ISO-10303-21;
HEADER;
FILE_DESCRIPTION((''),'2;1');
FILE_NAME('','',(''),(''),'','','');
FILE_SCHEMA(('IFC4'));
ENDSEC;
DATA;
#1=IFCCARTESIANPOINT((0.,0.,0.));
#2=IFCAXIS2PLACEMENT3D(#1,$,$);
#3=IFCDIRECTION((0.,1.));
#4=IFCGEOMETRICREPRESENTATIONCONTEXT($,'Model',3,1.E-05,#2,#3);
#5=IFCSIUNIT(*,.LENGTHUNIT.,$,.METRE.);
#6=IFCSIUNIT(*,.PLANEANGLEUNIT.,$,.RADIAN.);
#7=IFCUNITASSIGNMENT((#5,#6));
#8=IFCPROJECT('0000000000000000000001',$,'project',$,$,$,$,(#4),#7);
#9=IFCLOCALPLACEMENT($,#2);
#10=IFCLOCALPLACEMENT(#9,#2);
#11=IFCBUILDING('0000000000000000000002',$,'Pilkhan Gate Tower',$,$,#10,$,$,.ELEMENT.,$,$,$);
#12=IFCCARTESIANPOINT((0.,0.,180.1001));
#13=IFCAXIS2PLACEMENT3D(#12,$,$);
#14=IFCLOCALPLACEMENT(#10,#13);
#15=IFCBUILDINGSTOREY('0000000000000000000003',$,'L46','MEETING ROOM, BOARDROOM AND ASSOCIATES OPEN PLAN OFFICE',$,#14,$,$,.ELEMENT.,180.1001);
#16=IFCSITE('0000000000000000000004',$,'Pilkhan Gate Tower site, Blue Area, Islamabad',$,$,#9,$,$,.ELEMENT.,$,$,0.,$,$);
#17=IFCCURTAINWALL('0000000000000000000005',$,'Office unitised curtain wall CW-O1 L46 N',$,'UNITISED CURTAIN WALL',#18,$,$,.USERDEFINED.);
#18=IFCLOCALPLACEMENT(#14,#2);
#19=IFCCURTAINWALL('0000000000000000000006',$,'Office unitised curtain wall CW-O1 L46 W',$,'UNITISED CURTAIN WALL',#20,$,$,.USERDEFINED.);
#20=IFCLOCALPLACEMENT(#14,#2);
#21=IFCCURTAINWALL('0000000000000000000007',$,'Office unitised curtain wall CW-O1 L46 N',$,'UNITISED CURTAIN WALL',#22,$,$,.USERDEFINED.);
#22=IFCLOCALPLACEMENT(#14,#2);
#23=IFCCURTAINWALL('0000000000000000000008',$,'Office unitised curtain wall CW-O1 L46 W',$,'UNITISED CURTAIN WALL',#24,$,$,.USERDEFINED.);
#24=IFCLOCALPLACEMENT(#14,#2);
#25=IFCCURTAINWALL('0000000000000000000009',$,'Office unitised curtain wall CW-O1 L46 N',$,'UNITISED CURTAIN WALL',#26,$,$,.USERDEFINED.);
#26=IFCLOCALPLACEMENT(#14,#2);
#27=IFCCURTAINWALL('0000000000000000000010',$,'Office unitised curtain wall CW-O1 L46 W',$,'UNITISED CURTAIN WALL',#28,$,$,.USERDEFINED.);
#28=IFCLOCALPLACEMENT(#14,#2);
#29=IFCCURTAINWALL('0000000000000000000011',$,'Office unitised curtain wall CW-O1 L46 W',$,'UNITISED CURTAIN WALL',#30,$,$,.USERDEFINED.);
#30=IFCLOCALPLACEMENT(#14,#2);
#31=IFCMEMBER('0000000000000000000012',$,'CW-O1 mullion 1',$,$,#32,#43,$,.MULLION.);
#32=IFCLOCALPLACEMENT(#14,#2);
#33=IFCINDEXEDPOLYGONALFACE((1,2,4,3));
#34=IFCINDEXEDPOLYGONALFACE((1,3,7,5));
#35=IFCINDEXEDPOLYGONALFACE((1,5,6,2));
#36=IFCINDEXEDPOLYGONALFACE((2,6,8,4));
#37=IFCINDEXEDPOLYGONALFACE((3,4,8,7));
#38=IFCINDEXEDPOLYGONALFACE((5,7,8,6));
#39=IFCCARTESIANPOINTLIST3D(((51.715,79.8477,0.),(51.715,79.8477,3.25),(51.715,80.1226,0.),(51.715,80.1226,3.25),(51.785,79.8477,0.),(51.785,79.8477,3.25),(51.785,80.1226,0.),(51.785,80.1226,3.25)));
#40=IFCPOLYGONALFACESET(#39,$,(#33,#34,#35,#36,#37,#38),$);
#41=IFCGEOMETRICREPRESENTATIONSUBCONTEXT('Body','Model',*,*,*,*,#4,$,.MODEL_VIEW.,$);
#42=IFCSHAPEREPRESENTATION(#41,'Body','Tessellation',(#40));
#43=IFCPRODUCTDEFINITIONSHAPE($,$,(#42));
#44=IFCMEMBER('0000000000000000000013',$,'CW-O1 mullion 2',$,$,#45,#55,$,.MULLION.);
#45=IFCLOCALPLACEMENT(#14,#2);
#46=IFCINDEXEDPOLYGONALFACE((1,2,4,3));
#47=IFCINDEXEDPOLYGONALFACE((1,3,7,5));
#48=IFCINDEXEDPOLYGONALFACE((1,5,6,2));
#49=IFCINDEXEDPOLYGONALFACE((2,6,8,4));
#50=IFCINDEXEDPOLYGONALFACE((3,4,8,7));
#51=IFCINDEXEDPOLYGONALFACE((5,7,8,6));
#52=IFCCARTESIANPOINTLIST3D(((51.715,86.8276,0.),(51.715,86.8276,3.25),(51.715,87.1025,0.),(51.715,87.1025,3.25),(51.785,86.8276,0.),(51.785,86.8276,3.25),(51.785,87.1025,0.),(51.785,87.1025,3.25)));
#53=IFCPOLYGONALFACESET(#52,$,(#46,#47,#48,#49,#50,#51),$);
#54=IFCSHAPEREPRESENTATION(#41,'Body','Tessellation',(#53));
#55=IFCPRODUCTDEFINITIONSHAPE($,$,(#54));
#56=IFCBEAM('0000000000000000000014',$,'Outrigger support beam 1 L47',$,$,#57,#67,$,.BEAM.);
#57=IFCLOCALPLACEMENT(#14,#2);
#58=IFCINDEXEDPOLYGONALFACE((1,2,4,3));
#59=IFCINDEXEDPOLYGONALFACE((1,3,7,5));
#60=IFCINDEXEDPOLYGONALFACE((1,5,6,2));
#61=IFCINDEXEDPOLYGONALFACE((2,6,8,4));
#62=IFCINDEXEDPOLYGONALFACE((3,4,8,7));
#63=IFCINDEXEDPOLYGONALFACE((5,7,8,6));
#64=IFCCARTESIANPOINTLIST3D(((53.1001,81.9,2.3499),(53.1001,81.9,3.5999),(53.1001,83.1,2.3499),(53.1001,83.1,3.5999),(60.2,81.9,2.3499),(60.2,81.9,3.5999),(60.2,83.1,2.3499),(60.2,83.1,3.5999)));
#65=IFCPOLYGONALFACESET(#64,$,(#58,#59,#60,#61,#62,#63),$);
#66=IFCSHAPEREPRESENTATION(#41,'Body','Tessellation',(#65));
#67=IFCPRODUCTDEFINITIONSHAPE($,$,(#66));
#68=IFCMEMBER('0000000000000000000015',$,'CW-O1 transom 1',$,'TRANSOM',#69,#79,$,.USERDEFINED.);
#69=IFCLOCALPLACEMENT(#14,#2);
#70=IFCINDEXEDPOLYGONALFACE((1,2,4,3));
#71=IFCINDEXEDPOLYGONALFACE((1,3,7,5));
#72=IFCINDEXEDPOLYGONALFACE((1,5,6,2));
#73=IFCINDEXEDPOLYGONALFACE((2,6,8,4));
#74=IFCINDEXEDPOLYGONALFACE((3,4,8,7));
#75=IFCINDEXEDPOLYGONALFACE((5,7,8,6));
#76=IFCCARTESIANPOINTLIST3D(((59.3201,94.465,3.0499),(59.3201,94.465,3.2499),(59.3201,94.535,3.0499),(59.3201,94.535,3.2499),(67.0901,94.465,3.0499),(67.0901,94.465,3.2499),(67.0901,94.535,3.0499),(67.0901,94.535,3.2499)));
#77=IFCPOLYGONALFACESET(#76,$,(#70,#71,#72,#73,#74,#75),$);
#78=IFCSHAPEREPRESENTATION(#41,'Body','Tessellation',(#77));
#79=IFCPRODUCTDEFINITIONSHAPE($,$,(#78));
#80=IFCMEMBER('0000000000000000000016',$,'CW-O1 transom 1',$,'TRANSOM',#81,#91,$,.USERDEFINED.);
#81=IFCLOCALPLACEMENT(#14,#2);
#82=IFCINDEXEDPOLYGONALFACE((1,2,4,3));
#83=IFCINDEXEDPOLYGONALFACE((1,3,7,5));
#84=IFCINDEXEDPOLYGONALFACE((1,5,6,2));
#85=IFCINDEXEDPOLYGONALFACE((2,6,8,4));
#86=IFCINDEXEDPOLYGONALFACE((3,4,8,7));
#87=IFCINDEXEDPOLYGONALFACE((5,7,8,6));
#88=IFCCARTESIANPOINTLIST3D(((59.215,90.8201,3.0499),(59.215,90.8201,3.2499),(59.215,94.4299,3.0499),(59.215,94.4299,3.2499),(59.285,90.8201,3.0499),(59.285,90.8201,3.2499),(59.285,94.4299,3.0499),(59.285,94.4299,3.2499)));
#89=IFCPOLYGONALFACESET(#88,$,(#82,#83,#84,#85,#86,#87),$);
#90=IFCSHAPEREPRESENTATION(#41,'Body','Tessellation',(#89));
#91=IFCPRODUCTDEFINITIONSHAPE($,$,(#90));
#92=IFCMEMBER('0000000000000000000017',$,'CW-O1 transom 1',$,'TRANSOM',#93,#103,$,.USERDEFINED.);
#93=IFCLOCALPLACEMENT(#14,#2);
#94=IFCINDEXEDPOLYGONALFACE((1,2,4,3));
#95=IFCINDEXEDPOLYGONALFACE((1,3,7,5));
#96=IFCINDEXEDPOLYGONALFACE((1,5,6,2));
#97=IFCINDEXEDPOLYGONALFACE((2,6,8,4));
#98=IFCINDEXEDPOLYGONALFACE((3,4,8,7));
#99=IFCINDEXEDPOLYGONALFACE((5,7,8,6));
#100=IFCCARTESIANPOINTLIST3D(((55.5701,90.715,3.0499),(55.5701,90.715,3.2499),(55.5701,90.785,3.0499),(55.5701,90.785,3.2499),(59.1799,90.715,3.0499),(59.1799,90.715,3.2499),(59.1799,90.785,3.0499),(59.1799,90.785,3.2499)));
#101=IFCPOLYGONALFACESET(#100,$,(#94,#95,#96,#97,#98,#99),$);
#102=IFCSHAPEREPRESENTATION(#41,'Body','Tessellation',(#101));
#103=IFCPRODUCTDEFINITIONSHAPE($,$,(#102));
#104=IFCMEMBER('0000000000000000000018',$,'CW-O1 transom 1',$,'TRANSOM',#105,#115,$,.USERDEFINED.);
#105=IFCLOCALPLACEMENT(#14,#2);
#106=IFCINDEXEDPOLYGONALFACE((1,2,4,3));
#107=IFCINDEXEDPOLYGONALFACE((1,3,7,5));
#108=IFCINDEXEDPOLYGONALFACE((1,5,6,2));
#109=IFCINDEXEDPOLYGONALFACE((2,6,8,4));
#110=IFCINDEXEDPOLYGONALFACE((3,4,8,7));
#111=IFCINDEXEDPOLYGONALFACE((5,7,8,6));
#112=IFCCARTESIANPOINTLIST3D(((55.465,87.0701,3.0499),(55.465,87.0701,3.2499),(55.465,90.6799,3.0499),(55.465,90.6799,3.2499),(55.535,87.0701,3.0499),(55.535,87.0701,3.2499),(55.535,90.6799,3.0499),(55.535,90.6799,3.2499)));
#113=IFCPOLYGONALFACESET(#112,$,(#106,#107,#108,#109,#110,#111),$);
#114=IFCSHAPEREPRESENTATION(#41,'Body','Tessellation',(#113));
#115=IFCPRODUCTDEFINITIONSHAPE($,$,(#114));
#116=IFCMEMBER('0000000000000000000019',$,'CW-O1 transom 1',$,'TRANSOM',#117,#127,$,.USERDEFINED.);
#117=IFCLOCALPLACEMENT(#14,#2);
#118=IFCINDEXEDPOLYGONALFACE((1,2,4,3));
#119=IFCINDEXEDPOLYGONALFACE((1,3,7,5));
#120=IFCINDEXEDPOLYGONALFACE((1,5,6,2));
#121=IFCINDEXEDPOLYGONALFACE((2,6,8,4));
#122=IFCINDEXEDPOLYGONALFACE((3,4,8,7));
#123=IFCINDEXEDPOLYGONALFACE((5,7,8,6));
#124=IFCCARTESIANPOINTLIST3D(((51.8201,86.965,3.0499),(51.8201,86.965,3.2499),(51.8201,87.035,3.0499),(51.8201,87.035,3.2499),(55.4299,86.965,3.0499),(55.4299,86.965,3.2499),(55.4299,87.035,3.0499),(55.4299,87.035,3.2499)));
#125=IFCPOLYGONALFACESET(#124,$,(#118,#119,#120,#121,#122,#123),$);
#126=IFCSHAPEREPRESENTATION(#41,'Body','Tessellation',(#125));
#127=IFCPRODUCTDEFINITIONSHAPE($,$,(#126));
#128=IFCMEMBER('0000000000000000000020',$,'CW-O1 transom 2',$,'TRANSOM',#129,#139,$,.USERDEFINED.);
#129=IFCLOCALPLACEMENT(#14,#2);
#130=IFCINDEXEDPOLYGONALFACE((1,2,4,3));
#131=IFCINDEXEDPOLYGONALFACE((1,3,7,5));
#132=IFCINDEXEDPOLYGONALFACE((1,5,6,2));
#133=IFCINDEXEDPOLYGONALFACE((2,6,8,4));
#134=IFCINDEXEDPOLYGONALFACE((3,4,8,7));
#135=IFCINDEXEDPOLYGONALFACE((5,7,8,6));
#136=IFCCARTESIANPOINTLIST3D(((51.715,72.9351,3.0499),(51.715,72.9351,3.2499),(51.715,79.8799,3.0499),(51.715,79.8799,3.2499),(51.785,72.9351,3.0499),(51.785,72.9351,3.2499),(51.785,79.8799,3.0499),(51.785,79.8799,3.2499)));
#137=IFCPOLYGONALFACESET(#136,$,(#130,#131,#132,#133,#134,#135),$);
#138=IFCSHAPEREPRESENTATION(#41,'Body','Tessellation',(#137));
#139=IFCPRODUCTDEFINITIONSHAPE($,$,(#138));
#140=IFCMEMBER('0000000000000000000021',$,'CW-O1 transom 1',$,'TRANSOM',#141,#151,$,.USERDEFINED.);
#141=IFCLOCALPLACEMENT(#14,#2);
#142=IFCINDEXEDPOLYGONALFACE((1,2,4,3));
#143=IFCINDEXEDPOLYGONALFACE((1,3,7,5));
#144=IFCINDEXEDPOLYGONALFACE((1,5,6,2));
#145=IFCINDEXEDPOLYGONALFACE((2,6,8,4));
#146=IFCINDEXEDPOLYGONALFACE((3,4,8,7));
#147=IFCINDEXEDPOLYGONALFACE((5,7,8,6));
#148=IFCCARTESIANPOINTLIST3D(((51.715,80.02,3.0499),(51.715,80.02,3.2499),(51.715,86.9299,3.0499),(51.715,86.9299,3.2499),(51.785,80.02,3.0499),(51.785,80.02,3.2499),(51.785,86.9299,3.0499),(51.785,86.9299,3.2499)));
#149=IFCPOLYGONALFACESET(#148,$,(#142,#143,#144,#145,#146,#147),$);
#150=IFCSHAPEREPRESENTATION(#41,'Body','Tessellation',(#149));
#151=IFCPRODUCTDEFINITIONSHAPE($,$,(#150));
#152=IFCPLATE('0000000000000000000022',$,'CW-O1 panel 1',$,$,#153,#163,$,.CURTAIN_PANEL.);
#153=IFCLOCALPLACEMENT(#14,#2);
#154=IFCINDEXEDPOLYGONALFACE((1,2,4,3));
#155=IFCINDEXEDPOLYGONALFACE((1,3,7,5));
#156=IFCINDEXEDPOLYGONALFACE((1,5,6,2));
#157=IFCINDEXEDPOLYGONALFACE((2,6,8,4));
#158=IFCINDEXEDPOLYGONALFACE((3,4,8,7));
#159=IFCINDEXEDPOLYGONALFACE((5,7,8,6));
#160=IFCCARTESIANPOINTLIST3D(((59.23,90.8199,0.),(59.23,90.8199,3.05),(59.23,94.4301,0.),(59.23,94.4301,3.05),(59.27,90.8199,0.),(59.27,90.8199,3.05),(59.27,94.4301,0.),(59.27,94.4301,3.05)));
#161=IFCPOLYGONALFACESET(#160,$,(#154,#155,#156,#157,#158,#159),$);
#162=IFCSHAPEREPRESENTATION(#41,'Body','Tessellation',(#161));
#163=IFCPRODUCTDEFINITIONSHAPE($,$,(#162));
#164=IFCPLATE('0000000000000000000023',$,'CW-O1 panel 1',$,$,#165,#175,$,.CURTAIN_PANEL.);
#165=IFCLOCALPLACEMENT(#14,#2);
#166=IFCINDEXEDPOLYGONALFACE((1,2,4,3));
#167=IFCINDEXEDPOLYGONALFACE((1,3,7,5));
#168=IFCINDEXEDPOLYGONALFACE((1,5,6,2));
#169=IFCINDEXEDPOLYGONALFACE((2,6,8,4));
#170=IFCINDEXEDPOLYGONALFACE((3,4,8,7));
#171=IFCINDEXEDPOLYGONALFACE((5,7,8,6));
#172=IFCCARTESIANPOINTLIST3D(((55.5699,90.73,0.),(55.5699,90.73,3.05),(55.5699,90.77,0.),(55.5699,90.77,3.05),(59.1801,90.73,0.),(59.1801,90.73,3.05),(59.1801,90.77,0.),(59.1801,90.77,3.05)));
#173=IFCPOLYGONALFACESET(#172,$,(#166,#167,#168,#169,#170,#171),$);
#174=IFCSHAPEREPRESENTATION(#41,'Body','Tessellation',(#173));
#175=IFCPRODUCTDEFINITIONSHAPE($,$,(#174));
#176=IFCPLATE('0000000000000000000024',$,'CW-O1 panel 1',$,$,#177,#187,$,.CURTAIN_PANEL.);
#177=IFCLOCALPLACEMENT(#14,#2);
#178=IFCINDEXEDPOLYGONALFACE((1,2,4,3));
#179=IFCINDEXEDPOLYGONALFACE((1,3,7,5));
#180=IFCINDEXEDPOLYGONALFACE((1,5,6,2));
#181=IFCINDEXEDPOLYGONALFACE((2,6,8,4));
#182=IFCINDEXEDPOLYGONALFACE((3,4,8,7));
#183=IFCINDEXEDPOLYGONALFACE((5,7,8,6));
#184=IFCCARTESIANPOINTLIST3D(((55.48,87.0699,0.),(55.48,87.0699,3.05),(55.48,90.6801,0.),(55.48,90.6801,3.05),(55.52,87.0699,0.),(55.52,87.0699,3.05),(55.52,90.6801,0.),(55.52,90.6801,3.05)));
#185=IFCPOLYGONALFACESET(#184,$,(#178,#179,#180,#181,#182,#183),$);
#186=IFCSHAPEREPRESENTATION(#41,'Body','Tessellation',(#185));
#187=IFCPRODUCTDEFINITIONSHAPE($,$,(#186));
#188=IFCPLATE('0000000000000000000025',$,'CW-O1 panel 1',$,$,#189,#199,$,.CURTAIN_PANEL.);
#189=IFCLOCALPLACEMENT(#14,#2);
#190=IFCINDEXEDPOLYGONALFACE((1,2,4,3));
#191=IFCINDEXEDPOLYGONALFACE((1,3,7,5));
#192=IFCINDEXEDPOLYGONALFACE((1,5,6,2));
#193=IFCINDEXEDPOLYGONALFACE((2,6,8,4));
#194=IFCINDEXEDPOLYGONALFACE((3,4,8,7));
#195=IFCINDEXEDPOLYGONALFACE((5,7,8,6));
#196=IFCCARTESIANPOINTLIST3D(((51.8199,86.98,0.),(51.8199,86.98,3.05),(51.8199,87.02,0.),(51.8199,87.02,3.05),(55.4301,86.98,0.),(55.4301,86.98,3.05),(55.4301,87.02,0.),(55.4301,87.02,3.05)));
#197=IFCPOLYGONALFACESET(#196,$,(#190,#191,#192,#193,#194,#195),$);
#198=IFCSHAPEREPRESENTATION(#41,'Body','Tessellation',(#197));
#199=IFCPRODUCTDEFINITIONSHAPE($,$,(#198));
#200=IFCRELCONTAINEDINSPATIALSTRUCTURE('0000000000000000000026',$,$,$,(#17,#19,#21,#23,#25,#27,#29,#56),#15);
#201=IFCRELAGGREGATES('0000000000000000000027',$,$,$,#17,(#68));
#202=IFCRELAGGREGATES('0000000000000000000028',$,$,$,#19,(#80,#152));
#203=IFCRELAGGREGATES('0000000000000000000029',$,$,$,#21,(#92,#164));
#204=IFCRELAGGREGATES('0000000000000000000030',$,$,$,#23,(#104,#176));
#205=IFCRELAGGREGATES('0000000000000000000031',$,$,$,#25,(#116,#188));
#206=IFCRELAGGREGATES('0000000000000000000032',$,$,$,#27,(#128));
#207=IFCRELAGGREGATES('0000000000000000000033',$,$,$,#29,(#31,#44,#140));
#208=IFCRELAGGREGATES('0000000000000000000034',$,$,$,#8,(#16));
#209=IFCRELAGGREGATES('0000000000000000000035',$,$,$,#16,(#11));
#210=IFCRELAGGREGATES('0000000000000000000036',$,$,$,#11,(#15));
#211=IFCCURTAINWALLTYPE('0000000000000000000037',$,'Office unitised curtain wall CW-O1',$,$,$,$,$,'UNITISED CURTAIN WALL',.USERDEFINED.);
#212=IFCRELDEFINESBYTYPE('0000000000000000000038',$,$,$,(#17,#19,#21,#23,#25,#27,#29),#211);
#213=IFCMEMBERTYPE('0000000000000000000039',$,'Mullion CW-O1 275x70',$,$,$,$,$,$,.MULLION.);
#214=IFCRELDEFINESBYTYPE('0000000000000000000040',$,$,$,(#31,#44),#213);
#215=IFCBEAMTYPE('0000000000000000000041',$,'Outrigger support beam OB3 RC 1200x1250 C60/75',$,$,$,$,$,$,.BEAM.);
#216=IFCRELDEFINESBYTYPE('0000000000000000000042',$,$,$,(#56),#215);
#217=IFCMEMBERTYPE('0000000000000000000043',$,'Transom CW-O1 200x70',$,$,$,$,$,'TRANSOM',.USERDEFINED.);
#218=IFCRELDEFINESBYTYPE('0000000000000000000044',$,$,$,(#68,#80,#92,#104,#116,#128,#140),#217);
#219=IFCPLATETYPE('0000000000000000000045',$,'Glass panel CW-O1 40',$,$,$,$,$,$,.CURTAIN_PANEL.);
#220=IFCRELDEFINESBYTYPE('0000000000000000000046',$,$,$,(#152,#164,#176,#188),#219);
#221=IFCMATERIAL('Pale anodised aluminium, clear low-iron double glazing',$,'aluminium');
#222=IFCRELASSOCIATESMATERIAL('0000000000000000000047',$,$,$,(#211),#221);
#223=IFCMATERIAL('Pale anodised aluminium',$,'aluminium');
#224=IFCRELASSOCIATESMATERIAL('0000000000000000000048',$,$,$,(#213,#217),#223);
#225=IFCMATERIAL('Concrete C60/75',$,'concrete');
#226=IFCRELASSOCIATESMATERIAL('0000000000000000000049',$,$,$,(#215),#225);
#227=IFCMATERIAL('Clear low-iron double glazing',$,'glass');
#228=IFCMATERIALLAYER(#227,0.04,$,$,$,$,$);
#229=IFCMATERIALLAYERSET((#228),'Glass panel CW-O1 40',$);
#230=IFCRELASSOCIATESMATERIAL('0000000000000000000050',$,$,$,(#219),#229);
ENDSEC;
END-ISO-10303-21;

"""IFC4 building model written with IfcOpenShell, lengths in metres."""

from ifc_helpers import new_model, si_unit, direction, frame, origin, origin_2d, place, context, subcontext, project, spatial, rectangle, extrude, material, layer, layer_set, material_profile, profile_set, type_object, element, aggregate, save


model = new_model("IFC4")

# Units and contexts
model_context = context("Model", 3, precision=1e-05, world=origin(), true_north=direction((0.0, 1.0)))
body_context = subcontext(model_context, "Body", "Model", "MODEL_VIEW")
ifc_project = project(units=[si_unit("LENGTHUNIT", "METRE"), si_unit("PLANEANGLEUNIT", "RADIAN")], contexts=[model_context])

# Site, building, storey
site_placement = place(None, origin())
site = spatial("IfcSite", under=ifc_project, at=site_placement, Name="Pilkhan Gate Tower site, Blue Area, Islamabad", CompositionType="ELEMENT", RefElevation=0.0)
building_placement = place(site_placement, origin())
building = spatial("IfcBuilding", under=site, at=building_placement, Name="Pilkhan Gate Tower", CompositionType="ELEMENT")
storey_placement = place(building_placement, frame((0.0, 0.0, 180.1001)))
storey = spatial("IfcBuildingStorey", under=building, at=storey_placement, Name="L46", Description="MEETING ROOM, BOARDROOM AND ASSOCIATES OPEN PLAN OFFICE", CompositionType="ELEMENT", Elevation=180.1001)

# Shared definitions
ifc_material_1 = material(Name="Concrete C60/75", Category="concrete")

# Curtain wall
ifc_material_2 = material(Name="Pale anodised aluminium, clear low-iron double glazing", Category="aluminium")
curtain_wall_type = type_object("IfcCurtainWallType", Name="Office unitised curtain wall CW-O1", ElementType="UNITISED CURTAIN WALL", PredefinedType="USERDEFINED", material=ifc_material_2)
curtain_wall_1_placement = place(storey_placement, origin())
curtain_wall_1 = element("IfcCurtainWall", 1, at=curtain_wall_1_placement, inside=storey, type_object=curtain_wall_type, Name="Office unitised curtain wall CW-O1 L46 N", ObjectType="UNITISED CURTAIN WALL", PredefinedType="USERDEFINED")
ifc_material_3 = material(Name="Pale anodised aluminium", Category="aluminium")
ifc_material_profile_1 = material_profile(ifc_material_3, rectangle(XDim=0.0701, YDim=0.2749, at=origin_2d()), Name="Mullion 275x70")
ifc_profile_set_1 = profile_set([ifc_material_profile_1], Name="Pale anodised aluminium")
member_type_1 = type_object("IfcMemberType", Name="Mullion CW-O1 275x70", PredefinedType="MULLION", material=ifc_profile_set_1)

# Curtain walls, members
curtain_wall_2_placement = place(storey_placement, origin())
curtain_wall_2 = element("IfcCurtainWall", 2, at=curtain_wall_2_placement, inside=storey, type_object=curtain_wall_type, Name="Office unitised curtain wall CW-O1 L46 W", ObjectType="UNITISED CURTAIN WALL", PredefinedType="USERDEFINED")
curtain_wall_3_placement = place(storey_placement, origin())
curtain_wall_3 = element("IfcCurtainWall", 3, at=curtain_wall_3_placement, inside=storey, type_object=curtain_wall_type, Name="Office unitised curtain wall CW-O1 L46 N", ObjectType="UNITISED CURTAIN WALL", PredefinedType="USERDEFINED")
curtain_wall_4_placement = place(storey_placement, origin())
curtain_wall_4 = element("IfcCurtainWall", 4, at=curtain_wall_4_placement, inside=storey, type_object=curtain_wall_type, Name="Office unitised curtain wall CW-O1 L46 W", ObjectType="UNITISED CURTAIN WALL", PredefinedType="USERDEFINED")
curtain_wall_5_placement = place(storey_placement, origin())
curtain_wall_5 = element("IfcCurtainWall", 5, at=curtain_wall_5_placement, inside=storey, type_object=curtain_wall_type, Name="Office unitised curtain wall CW-O1 L46 N", ObjectType="UNITISED CURTAIN WALL", PredefinedType="USERDEFINED")
curtain_wall_6_placement = place(storey_placement, origin())
curtain_wall_6 = element("IfcCurtainWall", 6, at=curtain_wall_6_placement, inside=storey, type_object=curtain_wall_type, Name="Office unitised curtain wall CW-O1 L46 W", ObjectType="UNITISED CURTAIN WALL", PredefinedType="USERDEFINED")
curtain_wall_7_placement = place(storey_placement, origin())
curtain_wall_7 = element("IfcCurtainWall", 7, at=curtain_wall_7_placement, inside=storey, type_object=curtain_wall_type, Name="Office unitised curtain wall CW-O1 L46 W", ObjectType="UNITISED CURTAIN WALL", PredefinedType="USERDEFINED")
member_1_placement = place(storey_placement, frame((51.75, 79.9851, 0.0), z_axis=(0.0, 0.0, 1.0), x_axis=(-1.0, 0.0, 0.0)))
member_1 = element("IfcMember", 8, at=member_1_placement, type_object=member_type_1, Name="CW-O1 mullion 1", PredefinedType="MULLION", context=body_context, shape_type="SweptSolid", body=[
    extrude(rectangle(XDim=0.0701, YDim=0.2749, at=origin_2d()), origin(), (0.0, 0.0, 1.0), 3.25),
])
member_2_placement = place(storey_placement, frame((51.75, 86.9651, 0.0), z_axis=(0.0, 0.0, 1.0), x_axis=(-1.0, 0.0, 0.0)))
member_2 = element("IfcMember", 9, at=member_2_placement, type_object=member_type_1, Name="CW-O1 mullion 2", PredefinedType="MULLION", context=body_context, shape_type="SweptSolid", body=[
    extrude(rectangle(XDim=0.0701, YDim=0.2749, at=origin_2d()), origin(), (0.0, 0.0, 1.0), 3.25),
])

# Beam
ifc_material_profile_2 = material_profile(ifc_material_1, rectangle(XDim=1.2, YDim=1.25, at=origin_2d()), Name="RC 1200x1250")
ifc_profile_set_2 = profile_set([ifc_material_profile_2], Name="Concrete C60/75")
beam_type = type_object("IfcBeamType", Name="Outrigger support beam OB3 RC 1200x1250 C60/75", PredefinedType="BEAM", material=ifc_profile_set_2)
beam_placement = place(storey_placement, frame((53.1001, 82.5, 2.9749), z_axis=(1.0, 0.0, 0.0), x_axis=(0.0, 1.0, 0.0)))
element("IfcBeam", 10, at=beam_placement, inside=storey, type_object=beam_type, Name="Outrigger support beam 1 L47", PredefinedType="BEAM", context=body_context, shape_type="SweptSolid", body=[
    extrude(rectangle(XDim=1.2, YDim=1.25, at=origin_2d()), origin(), (0.0, 0.0, 1.0), 7.0999),
])

# Members
ifc_material_profile_3 = material_profile(ifc_material_3, rectangle(XDim=0.0701, YDim=0.2, at=origin_2d()), Name="Transom 200x70")
ifc_profile_set_3 = profile_set([ifc_material_profile_3], Name="Pale anodised aluminium")
member_type_2 = type_object("IfcMemberType", Name="Transom CW-O1 200x70", ElementType="TRANSOM", PredefinedType="USERDEFINED", material=ifc_profile_set_3)
member_3_placement = place(storey_placement, frame((59.3201, 94.5, 3.1499), z_axis=(1.0, 0.0, 0.0), x_axis=(0.0, 1.0, 0.0)))
member_3 = element("IfcMember", 11, at=member_3_placement, type_object=member_type_2, Name="CW-O1 transom 1", ObjectType="TRANSOM", PredefinedType="USERDEFINED", context=body_context, shape_type="SweptSolid", body=[
    extrude(rectangle(XDim=0.0701, YDim=0.2, at=origin_2d()), origin(), (0.0, 0.0, 1.0), 7.77),
])
aggregate(curtain_wall_1, [member_3])
member_4_placement = place(storey_placement, frame((59.25, 90.8201, 3.1499), z_axis=(0.0, 1.0, 0.0), x_axis=(-1.0, 0.0, 0.0)))
member_4 = element("IfcMember", 12, at=member_4_placement, type_object=member_type_2, Name="CW-O1 transom 1", ObjectType="TRANSOM", PredefinedType="USERDEFINED", context=body_context, shape_type="SweptSolid", body=[
    extrude(rectangle(XDim=0.0701, YDim=0.2, at=origin_2d()), origin(), (0.0, 0.0, 1.0), 3.6099),
])
member_5_placement = place(storey_placement, frame((55.5701, 90.75, 3.1499), z_axis=(1.0, 0.0, 0.0), x_axis=(0.0, 1.0, 0.0)))
member_5 = element("IfcMember", 13, at=member_5_placement, type_object=member_type_2, Name="CW-O1 transom 1", ObjectType="TRANSOM", PredefinedType="USERDEFINED", context=body_context, shape_type="SweptSolid", body=[
    extrude(rectangle(XDim=0.0701, YDim=0.2, at=origin_2d()), origin(), (0.0, 0.0, 1.0), 3.6099),
])
member_6_placement = place(storey_placement, frame((55.5, 87.0701, 3.1499), z_axis=(0.0, 1.0, 0.0), x_axis=(-1.0, 0.0, 0.0)))
member_6 = element("IfcMember", 14, at=member_6_placement, type_object=member_type_2, Name="CW-O1 transom 1", ObjectType="TRANSOM", PredefinedType="USERDEFINED", context=body_context, shape_type="SweptSolid", body=[
    extrude(rectangle(XDim=0.0701, YDim=0.2, at=origin_2d()), origin(), (0.0, 0.0, 1.0), 3.6099),
])
member_7_placement = place(storey_placement, frame((51.8201, 87.0, 3.1499), z_axis=(1.0, 0.0, 0.0), x_axis=(0.0, 1.0, 0.0)))
member_7 = element("IfcMember", 15, at=member_7_placement, type_object=member_type_2, Name="CW-O1 transom 1", ObjectType="TRANSOM", PredefinedType="USERDEFINED", context=body_context, shape_type="SweptSolid", body=[
    extrude(rectangle(XDim=0.0701, YDim=0.2, at=origin_2d()), origin(), (0.0, 0.0, 1.0), 3.6099),
])
member_8_placement = place(storey_placement, frame((51.75, 72.9351, 3.1499), z_axis=(0.0, 1.0, 0.0), x_axis=(-1.0, 0.0, 0.0)))
member_8 = element("IfcMember", 16, at=member_8_placement, type_object=member_type_2, Name="CW-O1 transom 2", ObjectType="TRANSOM", PredefinedType="USERDEFINED", context=body_context, shape_type="SweptSolid", body=[
    extrude(rectangle(XDim=0.0701, YDim=0.2, at=origin_2d()), origin(), (0.0, 0.0, 1.0), 6.9448),
])
member_9_placement = place(storey_placement, frame((51.75, 80.02, 3.1499), z_axis=(0.0, 1.0, 0.0), x_axis=(-1.0, 0.0, 0.0)))
member_9 = element("IfcMember", 17, at=member_9_placement, type_object=member_type_2, Name="CW-O1 transom 1", ObjectType="TRANSOM", PredefinedType="USERDEFINED", context=body_context, shape_type="SweptSolid", body=[
    extrude(rectangle(XDim=0.0701, YDim=0.2, at=origin_2d()), origin(), (0.0, 0.0, 1.0), 6.9099),
])

# Plates
ifc_material_4 = material(Name="Clear low-iron double glazing", Category="glass")
ifc_layer_1 = layer(ifc_material_4, 0.04)
ifc_layer_set_1 = layer_set([ifc_layer_1], Name="Glass panel CW-O1 40")
plate_type = type_object("IfcPlateType", Name="Glass panel CW-O1 40", PredefinedType="CURTAIN_PANEL", material=ifc_layer_set_1)
plate_1_placement = place(storey_placement, frame((59.25, 92.625, 0.0), z_axis=(0.0, 0.0, 1.0), x_axis=(0.0, 1.0, 0.0)))
plate_1 = element("IfcPlate", 18, at=plate_1_placement, type_object=plate_type, Name="CW-O1 panel 1", PredefinedType="CURTAIN_PANEL", context=body_context, shape_type="SweptSolid", body=[
    extrude(rectangle(XDim=3.6101, YDim=0.04, at=origin_2d()), origin(), (0.0, 0.0, 1.0), 3.05),
])
aggregate(curtain_wall_2, [member_4, plate_1])
plate_2_placement = place(storey_placement, frame((57.375, 90.75, 0.0), z_axis=(0.0, 0.0, 1.0), x_axis=(1.0, 0.0, 0.0)))
plate_2 = element("IfcPlate", 19, at=plate_2_placement, type_object=plate_type, Name="CW-O1 panel 1", PredefinedType="CURTAIN_PANEL", context=body_context, shape_type="SweptSolid", body=[
    extrude(rectangle(XDim=3.6101, YDim=0.04, at=origin_2d()), origin(), (0.0, 0.0, 1.0), 3.05),
])
aggregate(curtain_wall_3, [member_5, plate_2])
plate_3_placement = place(storey_placement, frame((55.5, 88.875, 0.0), z_axis=(0.0, 0.0, 1.0), x_axis=(0.0, 1.0, 0.0)))
plate_3 = element("IfcPlate", 20, at=plate_3_placement, type_object=plate_type, Name="CW-O1 panel 1", PredefinedType="CURTAIN_PANEL", context=body_context, shape_type="SweptSolid", body=[
    extrude(rectangle(XDim=3.6101, YDim=0.04, at=origin_2d()), origin(), (0.0, 0.0, 1.0), 3.05),
])
aggregate(curtain_wall_4, [member_6, plate_3])
plate_4_placement = place(storey_placement, frame((53.625, 87.0, 0.0), z_axis=(0.0, 0.0, 1.0), x_axis=(1.0, 0.0, 0.0)))
plate_4 = element("IfcPlate", 21, at=plate_4_placement, type_object=plate_type, Name="CW-O1 panel 1", PredefinedType="CURTAIN_PANEL", context=body_context, shape_type="SweptSolid", body=[
    extrude(rectangle(XDim=3.6101, YDim=0.04, at=origin_2d()), origin(), (0.0, 0.0, 1.0), 3.05),
])
aggregate(curtain_wall_5, [member_7, plate_4])
aggregate(curtain_wall_6, [member_8])
aggregate(curtain_wall_7, [member_1, member_2, member_9])

save(model, "model.ifc")
